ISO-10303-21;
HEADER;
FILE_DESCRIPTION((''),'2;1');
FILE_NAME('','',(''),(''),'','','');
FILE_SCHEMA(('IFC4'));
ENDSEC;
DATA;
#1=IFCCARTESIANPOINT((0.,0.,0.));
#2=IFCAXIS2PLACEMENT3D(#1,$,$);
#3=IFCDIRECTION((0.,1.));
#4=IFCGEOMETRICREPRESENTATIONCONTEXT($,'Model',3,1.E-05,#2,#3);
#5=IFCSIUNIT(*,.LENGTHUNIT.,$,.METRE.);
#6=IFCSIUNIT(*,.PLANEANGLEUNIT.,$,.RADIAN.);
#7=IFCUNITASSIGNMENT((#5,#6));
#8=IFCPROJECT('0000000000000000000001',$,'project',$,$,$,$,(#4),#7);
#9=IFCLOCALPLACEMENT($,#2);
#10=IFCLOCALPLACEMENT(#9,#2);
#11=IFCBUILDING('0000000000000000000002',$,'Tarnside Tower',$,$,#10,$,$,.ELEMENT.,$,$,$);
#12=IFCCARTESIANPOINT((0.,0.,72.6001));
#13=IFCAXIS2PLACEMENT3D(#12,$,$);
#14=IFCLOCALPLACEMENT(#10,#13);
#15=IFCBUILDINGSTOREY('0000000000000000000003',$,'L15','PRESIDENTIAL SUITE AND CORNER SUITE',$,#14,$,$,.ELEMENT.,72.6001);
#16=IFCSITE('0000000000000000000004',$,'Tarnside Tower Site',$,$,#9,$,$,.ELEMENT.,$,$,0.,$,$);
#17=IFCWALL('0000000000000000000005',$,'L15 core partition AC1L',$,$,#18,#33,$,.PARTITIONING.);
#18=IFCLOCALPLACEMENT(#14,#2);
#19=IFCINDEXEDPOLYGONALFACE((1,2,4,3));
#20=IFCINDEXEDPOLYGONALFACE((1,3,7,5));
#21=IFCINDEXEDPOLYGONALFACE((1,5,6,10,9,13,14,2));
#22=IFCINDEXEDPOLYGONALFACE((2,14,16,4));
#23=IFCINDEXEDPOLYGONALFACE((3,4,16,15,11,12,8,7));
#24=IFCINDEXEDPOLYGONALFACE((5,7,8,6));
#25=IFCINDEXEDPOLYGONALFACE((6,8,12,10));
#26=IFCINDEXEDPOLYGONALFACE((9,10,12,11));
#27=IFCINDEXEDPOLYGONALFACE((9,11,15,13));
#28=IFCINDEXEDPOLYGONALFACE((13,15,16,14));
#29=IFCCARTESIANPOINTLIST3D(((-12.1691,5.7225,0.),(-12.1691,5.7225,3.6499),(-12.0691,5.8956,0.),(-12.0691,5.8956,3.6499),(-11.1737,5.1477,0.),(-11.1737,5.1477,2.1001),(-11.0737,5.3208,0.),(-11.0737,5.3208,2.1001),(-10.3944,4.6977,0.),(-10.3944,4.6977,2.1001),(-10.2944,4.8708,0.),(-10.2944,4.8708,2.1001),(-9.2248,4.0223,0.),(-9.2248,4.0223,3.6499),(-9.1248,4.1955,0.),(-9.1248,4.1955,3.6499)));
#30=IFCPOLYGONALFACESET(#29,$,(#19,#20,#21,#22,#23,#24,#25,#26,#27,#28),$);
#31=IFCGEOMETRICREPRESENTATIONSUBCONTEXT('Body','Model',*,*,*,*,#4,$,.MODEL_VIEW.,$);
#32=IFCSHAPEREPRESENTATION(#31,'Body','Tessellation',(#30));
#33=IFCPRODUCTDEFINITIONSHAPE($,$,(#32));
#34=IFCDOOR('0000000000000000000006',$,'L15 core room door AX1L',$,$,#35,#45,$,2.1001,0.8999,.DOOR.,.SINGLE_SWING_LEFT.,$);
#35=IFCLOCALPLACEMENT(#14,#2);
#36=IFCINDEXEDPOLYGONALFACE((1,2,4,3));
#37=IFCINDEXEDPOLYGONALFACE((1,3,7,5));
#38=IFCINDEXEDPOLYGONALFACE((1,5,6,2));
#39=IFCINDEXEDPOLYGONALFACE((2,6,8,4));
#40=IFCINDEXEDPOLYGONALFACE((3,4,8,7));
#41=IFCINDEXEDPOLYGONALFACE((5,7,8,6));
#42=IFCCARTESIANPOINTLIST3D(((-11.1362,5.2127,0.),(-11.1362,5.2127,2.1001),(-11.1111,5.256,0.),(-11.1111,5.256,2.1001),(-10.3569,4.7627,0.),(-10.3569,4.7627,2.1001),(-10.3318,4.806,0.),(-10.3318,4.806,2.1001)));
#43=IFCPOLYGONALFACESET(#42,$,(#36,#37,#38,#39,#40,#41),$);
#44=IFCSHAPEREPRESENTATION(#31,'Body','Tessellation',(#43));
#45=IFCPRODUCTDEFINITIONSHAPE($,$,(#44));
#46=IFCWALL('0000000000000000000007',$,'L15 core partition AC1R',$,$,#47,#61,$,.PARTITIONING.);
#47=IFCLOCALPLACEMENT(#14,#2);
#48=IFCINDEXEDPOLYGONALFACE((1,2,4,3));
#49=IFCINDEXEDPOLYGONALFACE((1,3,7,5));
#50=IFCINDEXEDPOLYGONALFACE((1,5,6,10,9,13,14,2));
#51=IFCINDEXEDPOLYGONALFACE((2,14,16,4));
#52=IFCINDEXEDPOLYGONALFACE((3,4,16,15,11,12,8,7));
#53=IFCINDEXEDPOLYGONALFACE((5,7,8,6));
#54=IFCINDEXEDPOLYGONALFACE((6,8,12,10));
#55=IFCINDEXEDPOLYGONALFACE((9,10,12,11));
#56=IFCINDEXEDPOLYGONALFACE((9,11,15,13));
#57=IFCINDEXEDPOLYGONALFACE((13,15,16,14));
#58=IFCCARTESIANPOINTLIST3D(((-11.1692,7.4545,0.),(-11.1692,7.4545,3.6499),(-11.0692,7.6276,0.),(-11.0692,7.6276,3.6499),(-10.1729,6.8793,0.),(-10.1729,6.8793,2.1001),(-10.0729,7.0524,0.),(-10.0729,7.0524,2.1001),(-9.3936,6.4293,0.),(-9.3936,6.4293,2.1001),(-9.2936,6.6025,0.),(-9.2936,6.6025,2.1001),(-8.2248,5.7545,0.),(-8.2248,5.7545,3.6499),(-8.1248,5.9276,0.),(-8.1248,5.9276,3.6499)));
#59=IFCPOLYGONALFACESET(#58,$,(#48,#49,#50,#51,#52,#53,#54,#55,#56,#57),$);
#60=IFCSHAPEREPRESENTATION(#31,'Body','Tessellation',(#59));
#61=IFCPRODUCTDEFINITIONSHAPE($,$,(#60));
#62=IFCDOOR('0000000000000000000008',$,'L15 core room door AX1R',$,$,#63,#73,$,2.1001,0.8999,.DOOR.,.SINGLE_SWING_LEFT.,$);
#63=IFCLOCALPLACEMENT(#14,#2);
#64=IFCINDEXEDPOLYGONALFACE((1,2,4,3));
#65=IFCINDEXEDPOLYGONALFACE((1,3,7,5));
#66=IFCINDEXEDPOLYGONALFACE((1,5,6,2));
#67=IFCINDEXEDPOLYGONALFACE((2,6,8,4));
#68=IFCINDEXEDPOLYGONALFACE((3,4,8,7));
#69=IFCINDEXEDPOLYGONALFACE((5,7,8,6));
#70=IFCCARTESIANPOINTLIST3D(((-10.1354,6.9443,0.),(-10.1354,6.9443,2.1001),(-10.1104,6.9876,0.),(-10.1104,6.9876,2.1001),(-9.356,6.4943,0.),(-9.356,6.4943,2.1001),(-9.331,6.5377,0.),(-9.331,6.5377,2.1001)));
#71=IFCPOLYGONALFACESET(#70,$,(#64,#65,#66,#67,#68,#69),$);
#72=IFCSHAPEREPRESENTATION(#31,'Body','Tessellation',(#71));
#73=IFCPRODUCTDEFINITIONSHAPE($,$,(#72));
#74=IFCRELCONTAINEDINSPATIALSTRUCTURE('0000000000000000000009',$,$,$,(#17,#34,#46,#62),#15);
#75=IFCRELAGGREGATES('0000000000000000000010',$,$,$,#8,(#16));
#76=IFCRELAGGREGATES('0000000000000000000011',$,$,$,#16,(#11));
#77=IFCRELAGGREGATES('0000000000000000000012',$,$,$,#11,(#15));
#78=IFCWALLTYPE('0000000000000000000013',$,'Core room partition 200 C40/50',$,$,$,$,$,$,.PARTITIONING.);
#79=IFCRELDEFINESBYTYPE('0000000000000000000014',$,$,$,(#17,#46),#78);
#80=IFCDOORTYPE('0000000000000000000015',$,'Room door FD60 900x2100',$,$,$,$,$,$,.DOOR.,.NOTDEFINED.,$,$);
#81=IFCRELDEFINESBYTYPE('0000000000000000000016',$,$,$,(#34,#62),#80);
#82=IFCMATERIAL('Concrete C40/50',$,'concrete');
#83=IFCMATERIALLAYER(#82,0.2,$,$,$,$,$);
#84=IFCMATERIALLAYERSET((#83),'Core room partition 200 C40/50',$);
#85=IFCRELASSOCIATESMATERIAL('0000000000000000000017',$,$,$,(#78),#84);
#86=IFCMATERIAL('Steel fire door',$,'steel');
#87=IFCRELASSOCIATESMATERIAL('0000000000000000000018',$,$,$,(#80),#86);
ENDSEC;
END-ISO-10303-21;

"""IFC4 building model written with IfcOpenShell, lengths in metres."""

from ifc_helpers import new_model, si_unit, direction, frame, frame_2d, origin, place, context, subcontext, project, spatial, rectangle, extrude, material, layer, layer_set, type_object, element, fill, save


model = new_model("IFC4")

# Units and contexts
model_context = context("Model", 3, precision=1e-05, world=origin(), true_north=direction((0.0, 1.0)))
body_context = subcontext(model_context, "Body", "Model", "MODEL_VIEW")
ifc_project = project(units=[si_unit("LENGTHUNIT", "METRE"), si_unit("PLANEANGLEUNIT", "RADIAN")], contexts=[model_context])

# Site, building, storey
site_placement = place(None, origin())
site = spatial("IfcSite", under=ifc_project, at=site_placement, Name="Tarnside Tower Site", CompositionType="ELEMENT", RefElevation=0.0)
building_placement = place(site_placement, origin())
building = spatial("IfcBuilding", under=site, at=building_placement, Name="Tarnside Tower", CompositionType="ELEMENT")
storey_placement = place(building_placement, frame((0.0, 0.0, 72.6001)))
storey = spatial("IfcBuildingStorey", under=building, at=storey_placement, Name="L15", Description="PRESIDENTIAL SUITE AND CORNER SUITE", CompositionType="ELEMENT", Elevation=72.6001)

# Walls, openings, doors
ifc_material_1 = material(Name="Concrete C40/50", Category="concrete")
ifc_layer_1 = layer(ifc_material_1, 0.2)
ifc_layer_set_1 = layer_set([ifc_layer_1], Name="Core room partition 200 C40/50")
wall_type_1 = type_object("IfcWallType", Name="Core room partition 200 C40/50", PredefinedType="PARTITIONING", material=ifc_layer_set_1)
wall_1_placement = place(storey_placement, frame((-9.1748, 4.1089, 0.0), z_axis=(0.0, 0.0, 1.0), x_axis=(-0.865989, 0.500062, 0.0)))
wall_1 = element("IfcWall", 1, at=wall_1_placement, inside=storey, type_object=wall_type_1, Name="L15 core partition AC1L", PredefinedType="PARTITIONING", context=body_context, shape_type="SweptSolid", body=[
    extrude(rectangle(XDim=3.3999, YDim=0.2, at=frame_2d((1.7, 0.0))), origin(), (0.0, 0.0, 1.0), 3.6499),
])
opening_1_placement = place(wall_1_placement, frame((1.3506, 0.0, 0.0)))
opening_1 = element("IfcOpeningElement", 2, at=opening_1_placement, cuts=wall_1, PredefinedType="OPENING", context=body_context, shape_type="SweptSolid", body=[
    extrude(rectangle(XDim=0.8999, YDim=2.1001, at=frame_2d((0.45, 1.05))), frame((0.0, 0.1099, 0.0), z_axis=(0.0, -1.0, 0.0), x_axis=(1.0, 0.0, 0.0)), (0.0, 0.0, 1.0), 0.22),
])
ifc_material_2 = material(Name="Steel fire door", Category="steel")
door_type_1 = type_object("IfcDoorType", Name="Room door FD60 900x2100", OperationType="NOTDEFINED", PredefinedType="DOOR", material=ifc_material_2)
door_1_placement = place(opening_1_placement, origin())
door_1 = element("IfcDoor", 3, at=door_1_placement, inside=storey, type_object=door_type_1, Name="L15 core room door AX1L", OperationType="SINGLE_SWING_LEFT", OverallHeight=2.1001, OverallWidth=0.8999, PredefinedType="DOOR", context=body_context, shape_type="SweptSolid", body=[
    extrude(rectangle(XDim=0.8999, YDim=2.1001, at=frame_2d((0.45, 1.05))), frame((0.0, 0.0249, 0.0), z_axis=(0.0, -1.0, 0.0), x_axis=(1.0, 0.0, 0.0)), (0.0, 0.0, 1.0), 0.05),
])
fill(opening_1, door_1)
wall_2_placement = place(storey_placement, frame((-8.1748, 5.8411, 0.0), z_axis=(0.0, 0.0, 1.0), x_axis=(-0.866021, 0.500008, 0.0)))
wall_2 = element("IfcWall", 4, at=wall_2_placement, inside=storey, type_object=wall_type_1, Name="L15 core partition AC1R", PredefinedType="PARTITIONING", context=body_context, shape_type="SweptSolid", body=[
    extrude(rectangle(XDim=3.3999, YDim=0.2, at=frame_2d((1.7, 0.0))), origin(), (0.0, 0.0, 1.0), 3.6499),
])
opening_2_placement = place(wall_2_placement, frame((1.3496, 0.0, 0.0)))
opening_2 = element("IfcOpeningElement", 5, at=opening_2_placement, cuts=wall_2, PredefinedType="OPENING", context=body_context, shape_type="SweptSolid", body=[
    extrude(rectangle(XDim=0.8999, YDim=2.1001, at=frame_2d((0.45, 1.05))), frame((0.0, 0.1099, 0.0), z_axis=(0.0, -1.0, 0.0), x_axis=(1.0, 0.0, 0.0)), (0.0, 0.0, 1.0), 0.22),
])
door_2_placement = place(opening_2_placement, origin())
door_2 = element("IfcDoor", 6, at=door_2_placement, inside=storey, type_object=door_type_1, Name="L15 core room door AX1R", OperationType="SINGLE_SWING_LEFT", OverallHeight=2.1001, OverallWidth=0.8999, PredefinedType="DOOR", context=body_context, shape_type="SweptSolid", body=[
    extrude(rectangle(XDim=0.8999, YDim=2.1001, at=frame_2d((0.45, 1.05))), frame((0.0, 0.0249, 0.0), z_axis=(0.0, -1.0, 0.0), x_axis=(1.0, 0.0, 0.0)), (0.0, 0.0, 1.0), 0.05),
])
fill(opening_2, door_2)

save(model, "model.ifc")
